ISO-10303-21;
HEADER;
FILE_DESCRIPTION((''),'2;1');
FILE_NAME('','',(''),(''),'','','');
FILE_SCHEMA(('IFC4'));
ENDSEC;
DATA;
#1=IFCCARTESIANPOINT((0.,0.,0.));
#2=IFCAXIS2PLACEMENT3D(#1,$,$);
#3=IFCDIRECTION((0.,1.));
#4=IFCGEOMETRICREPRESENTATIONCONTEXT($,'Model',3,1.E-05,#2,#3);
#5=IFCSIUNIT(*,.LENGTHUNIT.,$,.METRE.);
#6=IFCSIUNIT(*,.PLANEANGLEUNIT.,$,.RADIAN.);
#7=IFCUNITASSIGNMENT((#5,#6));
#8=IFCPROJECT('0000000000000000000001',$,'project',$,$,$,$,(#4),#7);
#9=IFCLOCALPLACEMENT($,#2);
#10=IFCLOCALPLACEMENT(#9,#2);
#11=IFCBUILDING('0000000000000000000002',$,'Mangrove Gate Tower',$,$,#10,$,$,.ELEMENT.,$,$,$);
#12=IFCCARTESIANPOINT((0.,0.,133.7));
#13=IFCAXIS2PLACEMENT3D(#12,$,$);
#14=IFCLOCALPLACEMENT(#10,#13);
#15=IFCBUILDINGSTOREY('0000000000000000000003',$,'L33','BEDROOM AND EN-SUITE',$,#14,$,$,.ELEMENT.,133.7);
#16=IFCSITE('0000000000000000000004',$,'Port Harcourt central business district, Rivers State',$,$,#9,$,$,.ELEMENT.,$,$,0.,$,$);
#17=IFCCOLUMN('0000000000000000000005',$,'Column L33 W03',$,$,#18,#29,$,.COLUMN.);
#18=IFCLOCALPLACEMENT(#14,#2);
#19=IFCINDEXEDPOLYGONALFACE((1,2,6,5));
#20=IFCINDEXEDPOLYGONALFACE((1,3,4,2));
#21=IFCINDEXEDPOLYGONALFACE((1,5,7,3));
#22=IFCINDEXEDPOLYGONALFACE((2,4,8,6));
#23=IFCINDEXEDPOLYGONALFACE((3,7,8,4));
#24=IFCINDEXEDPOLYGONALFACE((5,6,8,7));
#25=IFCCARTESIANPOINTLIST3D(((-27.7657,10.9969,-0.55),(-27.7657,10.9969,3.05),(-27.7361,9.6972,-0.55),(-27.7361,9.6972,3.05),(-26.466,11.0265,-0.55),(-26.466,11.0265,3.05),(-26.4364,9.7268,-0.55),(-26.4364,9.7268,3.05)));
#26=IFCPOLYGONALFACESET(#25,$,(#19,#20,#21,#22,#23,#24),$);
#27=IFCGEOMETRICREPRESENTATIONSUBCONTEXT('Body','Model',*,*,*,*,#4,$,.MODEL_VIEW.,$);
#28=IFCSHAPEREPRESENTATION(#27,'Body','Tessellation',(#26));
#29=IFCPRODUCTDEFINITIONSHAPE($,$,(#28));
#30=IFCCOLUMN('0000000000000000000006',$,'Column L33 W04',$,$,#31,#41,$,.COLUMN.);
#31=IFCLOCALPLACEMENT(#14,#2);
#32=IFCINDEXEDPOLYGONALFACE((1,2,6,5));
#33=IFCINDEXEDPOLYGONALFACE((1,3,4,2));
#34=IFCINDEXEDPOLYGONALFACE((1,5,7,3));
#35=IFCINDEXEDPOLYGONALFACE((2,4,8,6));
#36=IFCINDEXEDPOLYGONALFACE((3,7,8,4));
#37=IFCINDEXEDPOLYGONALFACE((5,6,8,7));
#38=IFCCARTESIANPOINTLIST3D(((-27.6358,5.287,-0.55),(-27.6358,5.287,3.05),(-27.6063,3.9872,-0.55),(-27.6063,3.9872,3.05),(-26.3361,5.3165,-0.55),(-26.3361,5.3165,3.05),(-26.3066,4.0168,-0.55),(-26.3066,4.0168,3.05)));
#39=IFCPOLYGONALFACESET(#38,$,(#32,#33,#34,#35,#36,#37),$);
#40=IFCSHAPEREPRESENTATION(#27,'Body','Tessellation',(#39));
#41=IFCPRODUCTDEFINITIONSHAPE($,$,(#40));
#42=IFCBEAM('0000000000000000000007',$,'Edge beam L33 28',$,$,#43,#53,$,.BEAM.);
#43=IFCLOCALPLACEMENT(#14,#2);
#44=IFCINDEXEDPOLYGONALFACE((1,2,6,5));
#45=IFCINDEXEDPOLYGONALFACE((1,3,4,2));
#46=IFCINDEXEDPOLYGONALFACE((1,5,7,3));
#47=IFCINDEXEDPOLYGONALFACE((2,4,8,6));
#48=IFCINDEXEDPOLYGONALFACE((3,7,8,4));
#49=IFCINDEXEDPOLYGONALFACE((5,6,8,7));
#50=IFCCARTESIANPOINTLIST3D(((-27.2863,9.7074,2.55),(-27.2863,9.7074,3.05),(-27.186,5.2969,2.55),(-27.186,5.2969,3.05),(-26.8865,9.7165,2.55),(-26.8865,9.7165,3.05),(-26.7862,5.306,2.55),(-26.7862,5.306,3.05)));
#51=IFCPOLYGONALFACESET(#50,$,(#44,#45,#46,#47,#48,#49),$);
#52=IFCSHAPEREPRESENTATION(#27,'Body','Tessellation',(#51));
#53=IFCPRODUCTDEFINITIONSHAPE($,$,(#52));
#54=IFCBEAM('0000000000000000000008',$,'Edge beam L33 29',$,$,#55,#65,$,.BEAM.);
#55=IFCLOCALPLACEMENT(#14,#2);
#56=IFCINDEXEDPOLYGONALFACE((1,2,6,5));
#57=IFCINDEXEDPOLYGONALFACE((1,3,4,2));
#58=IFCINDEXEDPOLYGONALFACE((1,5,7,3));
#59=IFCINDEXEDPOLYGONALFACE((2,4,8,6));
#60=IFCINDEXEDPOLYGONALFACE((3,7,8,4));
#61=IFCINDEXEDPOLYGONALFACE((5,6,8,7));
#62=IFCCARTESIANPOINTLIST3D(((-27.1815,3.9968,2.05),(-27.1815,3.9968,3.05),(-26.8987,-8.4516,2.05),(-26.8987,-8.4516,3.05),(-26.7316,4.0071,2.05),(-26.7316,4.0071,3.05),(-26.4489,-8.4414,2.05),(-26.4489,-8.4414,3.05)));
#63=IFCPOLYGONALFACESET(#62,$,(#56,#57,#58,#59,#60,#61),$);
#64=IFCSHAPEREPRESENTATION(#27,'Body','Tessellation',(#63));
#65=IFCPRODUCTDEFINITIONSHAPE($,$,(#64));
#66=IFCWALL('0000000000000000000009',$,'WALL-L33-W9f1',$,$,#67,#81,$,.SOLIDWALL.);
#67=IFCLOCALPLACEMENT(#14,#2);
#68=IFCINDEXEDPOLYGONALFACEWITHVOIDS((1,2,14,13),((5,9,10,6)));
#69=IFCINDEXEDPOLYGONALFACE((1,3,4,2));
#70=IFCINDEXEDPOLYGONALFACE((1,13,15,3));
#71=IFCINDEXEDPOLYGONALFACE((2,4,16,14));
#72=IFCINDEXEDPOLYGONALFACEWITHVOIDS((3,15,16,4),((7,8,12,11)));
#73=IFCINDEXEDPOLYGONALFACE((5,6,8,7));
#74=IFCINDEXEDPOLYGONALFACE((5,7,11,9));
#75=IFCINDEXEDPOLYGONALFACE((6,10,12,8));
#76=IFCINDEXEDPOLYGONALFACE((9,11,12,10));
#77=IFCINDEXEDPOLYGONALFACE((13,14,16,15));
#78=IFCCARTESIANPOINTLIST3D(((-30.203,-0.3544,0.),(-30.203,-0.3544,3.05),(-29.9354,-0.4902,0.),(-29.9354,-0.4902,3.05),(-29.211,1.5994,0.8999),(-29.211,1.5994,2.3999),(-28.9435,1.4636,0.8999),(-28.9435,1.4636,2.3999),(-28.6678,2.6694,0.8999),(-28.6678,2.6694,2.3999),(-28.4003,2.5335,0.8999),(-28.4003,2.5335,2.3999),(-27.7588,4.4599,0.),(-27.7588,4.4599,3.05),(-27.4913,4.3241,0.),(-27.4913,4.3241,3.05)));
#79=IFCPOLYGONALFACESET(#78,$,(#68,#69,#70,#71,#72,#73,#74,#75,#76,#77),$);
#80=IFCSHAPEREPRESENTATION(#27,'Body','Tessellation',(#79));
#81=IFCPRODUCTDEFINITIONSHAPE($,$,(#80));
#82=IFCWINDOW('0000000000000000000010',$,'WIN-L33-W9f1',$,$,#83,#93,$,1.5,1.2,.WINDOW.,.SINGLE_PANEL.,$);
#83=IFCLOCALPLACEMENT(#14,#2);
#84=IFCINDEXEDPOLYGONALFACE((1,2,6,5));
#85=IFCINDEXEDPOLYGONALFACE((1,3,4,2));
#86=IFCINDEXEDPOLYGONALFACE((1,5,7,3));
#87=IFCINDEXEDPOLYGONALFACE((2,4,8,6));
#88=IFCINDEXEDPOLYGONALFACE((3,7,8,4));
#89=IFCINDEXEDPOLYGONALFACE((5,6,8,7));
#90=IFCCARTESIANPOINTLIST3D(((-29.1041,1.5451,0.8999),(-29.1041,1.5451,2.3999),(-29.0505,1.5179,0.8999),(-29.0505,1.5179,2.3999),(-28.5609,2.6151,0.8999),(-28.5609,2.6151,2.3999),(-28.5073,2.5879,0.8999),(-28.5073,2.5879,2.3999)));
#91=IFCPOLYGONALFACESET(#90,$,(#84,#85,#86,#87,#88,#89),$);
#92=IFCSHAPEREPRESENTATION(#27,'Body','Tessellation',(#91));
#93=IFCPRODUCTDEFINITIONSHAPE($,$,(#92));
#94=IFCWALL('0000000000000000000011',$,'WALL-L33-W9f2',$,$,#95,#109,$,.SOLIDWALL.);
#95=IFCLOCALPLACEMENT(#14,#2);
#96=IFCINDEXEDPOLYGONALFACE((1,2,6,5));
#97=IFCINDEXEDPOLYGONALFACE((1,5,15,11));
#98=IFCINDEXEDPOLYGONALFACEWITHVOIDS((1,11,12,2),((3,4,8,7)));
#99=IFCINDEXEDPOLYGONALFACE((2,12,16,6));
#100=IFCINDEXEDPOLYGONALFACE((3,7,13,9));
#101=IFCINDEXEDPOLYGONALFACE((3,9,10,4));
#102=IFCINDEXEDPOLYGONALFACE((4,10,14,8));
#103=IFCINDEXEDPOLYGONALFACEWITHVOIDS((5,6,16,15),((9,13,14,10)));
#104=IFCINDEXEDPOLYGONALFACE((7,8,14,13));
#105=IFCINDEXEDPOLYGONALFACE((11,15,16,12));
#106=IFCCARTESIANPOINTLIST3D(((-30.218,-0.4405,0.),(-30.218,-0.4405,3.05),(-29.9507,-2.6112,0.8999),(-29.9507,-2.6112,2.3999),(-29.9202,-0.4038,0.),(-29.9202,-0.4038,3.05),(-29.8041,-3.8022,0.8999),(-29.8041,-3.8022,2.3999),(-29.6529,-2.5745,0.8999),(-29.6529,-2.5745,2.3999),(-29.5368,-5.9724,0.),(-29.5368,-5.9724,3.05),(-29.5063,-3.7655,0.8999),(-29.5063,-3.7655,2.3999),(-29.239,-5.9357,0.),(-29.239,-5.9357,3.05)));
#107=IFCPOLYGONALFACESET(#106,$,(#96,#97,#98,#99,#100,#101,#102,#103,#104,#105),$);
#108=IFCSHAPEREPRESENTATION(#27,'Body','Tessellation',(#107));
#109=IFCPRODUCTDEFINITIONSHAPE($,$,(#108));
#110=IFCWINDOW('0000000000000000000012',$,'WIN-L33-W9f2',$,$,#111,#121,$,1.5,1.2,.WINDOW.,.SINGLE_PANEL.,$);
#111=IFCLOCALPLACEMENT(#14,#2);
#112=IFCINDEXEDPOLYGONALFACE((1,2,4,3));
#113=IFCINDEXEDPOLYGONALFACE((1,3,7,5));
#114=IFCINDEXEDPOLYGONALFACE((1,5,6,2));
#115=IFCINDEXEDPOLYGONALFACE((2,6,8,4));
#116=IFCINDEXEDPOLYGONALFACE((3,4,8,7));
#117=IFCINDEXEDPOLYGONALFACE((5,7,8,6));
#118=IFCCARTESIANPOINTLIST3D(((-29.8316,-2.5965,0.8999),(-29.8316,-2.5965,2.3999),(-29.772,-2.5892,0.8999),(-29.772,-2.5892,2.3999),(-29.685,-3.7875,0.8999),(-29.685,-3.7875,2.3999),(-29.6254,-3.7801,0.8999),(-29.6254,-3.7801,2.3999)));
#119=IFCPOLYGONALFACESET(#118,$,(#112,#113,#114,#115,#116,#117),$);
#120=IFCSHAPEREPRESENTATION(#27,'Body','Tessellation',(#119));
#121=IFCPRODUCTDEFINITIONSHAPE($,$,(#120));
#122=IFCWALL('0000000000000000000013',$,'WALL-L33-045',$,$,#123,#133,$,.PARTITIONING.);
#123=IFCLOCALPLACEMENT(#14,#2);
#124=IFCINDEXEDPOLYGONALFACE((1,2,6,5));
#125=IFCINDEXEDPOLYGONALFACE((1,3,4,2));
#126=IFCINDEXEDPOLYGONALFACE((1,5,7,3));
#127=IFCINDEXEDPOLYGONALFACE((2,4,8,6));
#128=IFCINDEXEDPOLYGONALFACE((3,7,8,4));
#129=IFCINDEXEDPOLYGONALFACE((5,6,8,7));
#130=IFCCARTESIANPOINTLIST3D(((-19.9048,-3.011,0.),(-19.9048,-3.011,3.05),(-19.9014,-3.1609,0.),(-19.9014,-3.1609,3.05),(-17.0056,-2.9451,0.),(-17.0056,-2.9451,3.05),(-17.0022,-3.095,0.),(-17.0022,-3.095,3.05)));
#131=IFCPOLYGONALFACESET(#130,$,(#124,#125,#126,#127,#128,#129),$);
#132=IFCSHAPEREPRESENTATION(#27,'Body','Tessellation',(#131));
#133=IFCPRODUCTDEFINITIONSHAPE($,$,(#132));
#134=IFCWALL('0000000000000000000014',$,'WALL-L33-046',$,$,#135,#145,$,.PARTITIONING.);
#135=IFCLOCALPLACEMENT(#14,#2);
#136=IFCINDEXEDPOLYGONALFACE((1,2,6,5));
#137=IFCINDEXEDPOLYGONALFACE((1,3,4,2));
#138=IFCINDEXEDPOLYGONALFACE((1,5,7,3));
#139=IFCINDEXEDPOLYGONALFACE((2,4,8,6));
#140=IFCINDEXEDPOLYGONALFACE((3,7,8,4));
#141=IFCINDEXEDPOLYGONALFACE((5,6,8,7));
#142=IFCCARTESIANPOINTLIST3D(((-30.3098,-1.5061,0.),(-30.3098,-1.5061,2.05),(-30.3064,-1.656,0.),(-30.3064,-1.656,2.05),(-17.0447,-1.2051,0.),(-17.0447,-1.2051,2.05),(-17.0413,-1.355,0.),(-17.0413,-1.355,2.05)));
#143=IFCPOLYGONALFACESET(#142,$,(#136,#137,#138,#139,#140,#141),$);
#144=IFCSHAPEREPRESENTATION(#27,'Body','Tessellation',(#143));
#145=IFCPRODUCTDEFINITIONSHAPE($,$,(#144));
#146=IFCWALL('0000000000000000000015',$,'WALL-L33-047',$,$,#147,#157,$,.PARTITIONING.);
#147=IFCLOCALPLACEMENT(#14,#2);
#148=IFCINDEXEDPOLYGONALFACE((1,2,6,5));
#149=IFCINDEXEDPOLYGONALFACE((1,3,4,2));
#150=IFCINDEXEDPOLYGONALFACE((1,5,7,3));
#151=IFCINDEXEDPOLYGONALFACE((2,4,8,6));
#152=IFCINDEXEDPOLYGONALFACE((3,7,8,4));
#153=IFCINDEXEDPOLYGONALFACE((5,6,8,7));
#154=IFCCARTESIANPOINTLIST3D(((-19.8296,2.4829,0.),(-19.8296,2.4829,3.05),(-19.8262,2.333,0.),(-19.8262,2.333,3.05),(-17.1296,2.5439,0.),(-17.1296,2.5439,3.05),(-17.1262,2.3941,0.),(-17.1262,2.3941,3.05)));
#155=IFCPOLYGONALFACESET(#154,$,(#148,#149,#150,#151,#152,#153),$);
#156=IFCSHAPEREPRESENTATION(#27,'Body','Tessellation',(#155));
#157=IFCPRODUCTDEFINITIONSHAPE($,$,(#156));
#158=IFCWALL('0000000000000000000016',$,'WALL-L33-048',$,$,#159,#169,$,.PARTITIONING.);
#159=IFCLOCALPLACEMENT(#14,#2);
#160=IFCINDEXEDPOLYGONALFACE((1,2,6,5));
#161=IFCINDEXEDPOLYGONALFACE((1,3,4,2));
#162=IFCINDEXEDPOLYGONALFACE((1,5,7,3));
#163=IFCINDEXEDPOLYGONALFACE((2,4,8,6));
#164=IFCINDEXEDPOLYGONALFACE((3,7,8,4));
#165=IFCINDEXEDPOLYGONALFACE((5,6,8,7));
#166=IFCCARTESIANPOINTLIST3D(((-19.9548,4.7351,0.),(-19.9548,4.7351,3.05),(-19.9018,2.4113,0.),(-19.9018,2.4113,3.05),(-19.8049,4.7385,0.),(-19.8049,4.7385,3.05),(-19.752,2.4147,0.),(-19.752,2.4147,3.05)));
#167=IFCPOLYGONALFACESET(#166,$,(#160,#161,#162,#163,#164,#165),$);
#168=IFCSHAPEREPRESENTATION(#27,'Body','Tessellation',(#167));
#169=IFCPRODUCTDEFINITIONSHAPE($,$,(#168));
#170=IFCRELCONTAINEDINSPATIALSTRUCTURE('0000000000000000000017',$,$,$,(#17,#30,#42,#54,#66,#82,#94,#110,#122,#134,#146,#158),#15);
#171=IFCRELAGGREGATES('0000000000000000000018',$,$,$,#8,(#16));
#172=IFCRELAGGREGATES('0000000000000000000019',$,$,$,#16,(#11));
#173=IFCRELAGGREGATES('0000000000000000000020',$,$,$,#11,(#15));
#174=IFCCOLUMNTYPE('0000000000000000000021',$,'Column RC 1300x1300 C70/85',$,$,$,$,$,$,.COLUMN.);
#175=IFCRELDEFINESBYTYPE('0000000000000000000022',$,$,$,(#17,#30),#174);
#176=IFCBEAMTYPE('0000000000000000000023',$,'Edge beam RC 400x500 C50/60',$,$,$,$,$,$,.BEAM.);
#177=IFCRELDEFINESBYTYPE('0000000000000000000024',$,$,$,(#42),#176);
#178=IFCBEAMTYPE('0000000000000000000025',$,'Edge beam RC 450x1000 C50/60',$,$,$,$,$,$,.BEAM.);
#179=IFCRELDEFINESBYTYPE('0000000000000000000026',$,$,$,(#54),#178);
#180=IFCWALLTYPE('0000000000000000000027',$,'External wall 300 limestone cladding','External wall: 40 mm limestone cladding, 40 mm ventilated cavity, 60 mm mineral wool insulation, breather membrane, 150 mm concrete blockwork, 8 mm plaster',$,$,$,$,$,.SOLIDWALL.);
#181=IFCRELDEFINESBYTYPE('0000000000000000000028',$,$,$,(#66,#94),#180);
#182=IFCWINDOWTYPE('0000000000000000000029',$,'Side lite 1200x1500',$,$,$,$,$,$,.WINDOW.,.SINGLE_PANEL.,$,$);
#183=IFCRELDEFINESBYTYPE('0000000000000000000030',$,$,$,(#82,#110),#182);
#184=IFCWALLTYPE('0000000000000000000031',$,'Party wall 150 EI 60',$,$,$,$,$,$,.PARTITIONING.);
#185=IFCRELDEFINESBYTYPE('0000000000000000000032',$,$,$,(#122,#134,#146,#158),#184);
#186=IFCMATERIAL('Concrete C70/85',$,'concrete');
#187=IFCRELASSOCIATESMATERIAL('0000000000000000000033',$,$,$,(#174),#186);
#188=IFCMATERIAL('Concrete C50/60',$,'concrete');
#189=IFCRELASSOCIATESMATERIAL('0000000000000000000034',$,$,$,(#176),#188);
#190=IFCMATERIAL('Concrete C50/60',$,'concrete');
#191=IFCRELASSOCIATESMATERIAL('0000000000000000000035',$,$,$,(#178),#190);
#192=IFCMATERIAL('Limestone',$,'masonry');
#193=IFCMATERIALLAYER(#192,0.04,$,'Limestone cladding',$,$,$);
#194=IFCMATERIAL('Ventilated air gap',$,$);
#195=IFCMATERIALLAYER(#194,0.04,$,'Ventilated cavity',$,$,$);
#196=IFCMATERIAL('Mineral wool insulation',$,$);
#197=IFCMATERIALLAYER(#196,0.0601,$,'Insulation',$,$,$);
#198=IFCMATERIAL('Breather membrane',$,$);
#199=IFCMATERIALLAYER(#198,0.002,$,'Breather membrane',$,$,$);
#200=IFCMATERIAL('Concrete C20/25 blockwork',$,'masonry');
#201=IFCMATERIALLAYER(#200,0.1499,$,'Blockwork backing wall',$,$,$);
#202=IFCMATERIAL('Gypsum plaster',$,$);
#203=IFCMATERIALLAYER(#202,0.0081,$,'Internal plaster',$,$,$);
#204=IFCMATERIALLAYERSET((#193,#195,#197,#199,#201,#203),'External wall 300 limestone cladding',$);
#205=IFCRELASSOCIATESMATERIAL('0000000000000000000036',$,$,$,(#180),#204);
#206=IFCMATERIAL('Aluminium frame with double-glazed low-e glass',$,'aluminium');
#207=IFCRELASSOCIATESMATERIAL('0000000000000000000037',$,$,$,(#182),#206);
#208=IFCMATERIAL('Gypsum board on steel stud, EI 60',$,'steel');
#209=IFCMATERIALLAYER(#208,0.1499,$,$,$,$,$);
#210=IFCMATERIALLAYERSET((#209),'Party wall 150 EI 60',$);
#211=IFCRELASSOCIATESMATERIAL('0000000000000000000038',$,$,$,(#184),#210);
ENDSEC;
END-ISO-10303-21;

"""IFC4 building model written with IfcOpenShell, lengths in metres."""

from ifc_helpers import new_model, si_unit, direction, frame, frame_2d, origin, origin_2d, place, context, subcontext, project, spatial, rectangle, extrude, material, layer, layer_set, material_profile, profile_set, type_object, element, fill, save


model = new_model("IFC4")

# Units and contexts
model_context = context("Model", 3, precision=1e-05, world=origin(), true_north=direction((0.0, 1.0)))
body_context = subcontext(model_context, "Body", "Model", "MODEL_VIEW")
ifc_project = project(units=[si_unit("LENGTHUNIT", "METRE"), si_unit("PLANEANGLEUNIT", "RADIAN")], contexts=[model_context])

# Site, building, storey
site_placement = place(None, origin())
site = spatial("IfcSite", under=ifc_project, at=site_placement, Name="Port Harcourt central business district, Rivers State", CompositionType="ELEMENT", RefElevation=0.0)
building_placement = place(site_placement, origin())
building = spatial("IfcBuilding", under=site, at=building_placement, Name="Mangrove Gate Tower", CompositionType="ELEMENT")
storey_placement = place(building_placement, frame((0.0, 0.0, 133.7)))
storey = spatial("IfcBuildingStorey", under=building, at=storey_placement, Name="L33", Description="BEDROOM AND EN-SUITE", CompositionType="ELEMENT", Elevation=133.7)

# Columns
ifc_material_1 = material(Name="Concrete C70/85", Category="concrete")
ifc_material_profile_1 = material_profile(ifc_material_1, rectangle(XDim=1.3, YDim=1.3, at=origin_2d()))
ifc_profile_set_1 = profile_set([ifc_material_profile_1], Name="Concrete C70/85")
column_type = type_object("IfcColumnType", Name="Column RC 1300x1300 C70/85", PredefinedType="COLUMN", material=ifc_profile_set_1)
for number, where, z_axis, x_axis, name in (
    (1, (-27.1011, 10.3618, -0.55), (0.0, 0.0, 1.0), (0.022759, -0.999741, 0.0), "Column L33 W03"),
    (2, (-26.9712, 4.6519, -0.55), (0.0, 0.0, 1.0), (0.02271, -0.999742, 0.0), "Column L33 W04"),
):
    element("IfcColumn", number, at=place(storey_placement, frame(where, z_axis=z_axis, x_axis=x_axis)), inside=storey, type_object=column_type, Name=name, PredefinedType="COLUMN", context=body_context, shape_type="SweptSolid", body=[
        extrude(rectangle(XDim=1.3, YDim=1.3, at=origin_2d()), origin(), (0.0, 0.0, 1.0), 3.6001),
    ])

# Beams
ifc_material_2 = material(Name="Concrete C50/60", Category="concrete")
ifc_material_profile_2 = material_profile(ifc_material_2, rectangle(XDim=0.3999, YDim=0.5, at=origin_2d()))
ifc_profile_set_2 = profile_set([ifc_material_profile_2], Name="Concrete C50/60")
beam_type_1 = type_object("IfcBeamType", Name="Edge beam RC 400x500 C50/60", PredefinedType="BEAM", material=ifc_profile_set_2)
beam_1_placement = place(storey_placement, frame((-27.0864, 9.7119, 2.8), z_axis=(0.022745, -0.999741, 0.0), x_axis=(0.999741, 0.022745, 0.0)))
element("IfcBeam", 3, at=beam_1_placement, inside=storey, type_object=beam_type_1, Name="Edge beam L33 28", PredefinedType="BEAM", context=body_context, shape_type="SweptSolid", body=[
    extrude(rectangle(XDim=0.3999, YDim=0.5, at=origin_2d()), origin(), (0.0, 0.0, 1.0), 4.4116),
])
ifc_material_3 = material(Name="Concrete C50/60", Category="concrete")
ifc_material_profile_3 = material_profile(ifc_material_3, rectangle(XDim=0.45, YDim=1.0, at=origin_2d()))
ifc_profile_set_3 = profile_set([ifc_material_profile_3], Name="Concrete C50/60")
beam_type_2 = type_object("IfcBeamType", Name="Edge beam RC 450x1000 C50/60", PredefinedType="BEAM", material=ifc_profile_set_3)
beam_2_placement = place(storey_placement, frame((-26.9565, 4.002, 2.55), z_axis=(0.022705, -0.999742, 0.0), x_axis=(0.999742, 0.022705, 0.0)))
element("IfcBeam", 4, at=beam_2_placement, inside=storey, type_object=beam_type_2, Name="Edge beam L33 29", PredefinedType="BEAM", context=body_context, shape_type="SweptSolid", body=[
    extrude(rectangle(XDim=0.45, YDim=1.0, at=origin_2d()), origin(), (0.0, 0.0, 1.0), 12.4517),
])

# Walls, openings, windows
ifc_material_4 = material(Name="Limestone", Category="masonry")
ifc_layer_1 = layer(ifc_material_4, 0.04, Name="Limestone cladding")
ifc_material_5 = material(Name="Ventilated air gap")
ifc_layer_2 = layer(ifc_material_5, 0.04, Name="Ventilated cavity")
ifc_material_6 = material(Name="Mineral wool insulation")
ifc_layer_3 = layer(ifc_material_6, 0.0601, Name="Insulation")
ifc_material_7 = material(Name="Breather membrane")
ifc_layer_4 = layer(ifc_material_7, 0.002, Name="Breather membrane")
ifc_material_8 = material(Name="Concrete C20/25 blockwork", Category="masonry")
ifc_layer_5 = layer(ifc_material_8, 0.1499, Name="Blockwork backing wall")
ifc_material_9 = material(Name="Gypsum plaster")
ifc_layer_6 = layer(ifc_material_9, 0.0081, Name="Internal plaster")
ifc_layer_set_1 = layer_set([ifc_layer_1, ifc_layer_2, ifc_layer_3, ifc_layer_4, ifc_layer_5, ifc_layer_6], Name="External wall 300 limestone cladding")
wall_type_1 = type_object("IfcWallType", Name="External wall 300 limestone cladding", Description="External wall: 40 mm limestone cladding, 40 mm ventilated cavity, 60 mm mineral wool insulation, breather membrane, 150 mm concrete blockwork, 8 mm plaster", PredefinedType="SOLIDWALL", material=ifc_layer_set_1)
wall_1_placement = place(storey_placement, frame((-27.625, 4.3921, 0.0), z_axis=(0.0, 0.0, 1.0), x_axis=(-0.452686, -0.89167, 0.0)))
wall_1 = element("IfcWall", 5, at=wall_1_placement, inside=storey, type_object=wall_type_1, Name="WALL-L33-W9f1", PredefinedType="SOLIDWALL", context=body_context, shape_type="SweptSolid", body=[
    extrude(rectangle(XDim=5.3992, YDim=0.3, at=frame_2d((2.6997, 0.0))), origin(), (0.0, 0.0, 1.0), 3.05),
])
opening_1_placement = place(wall_1_placement, frame((2.0081, 0.0, 0.8999)))
opening_1 = element("IfcOpeningElement", 6, at=opening_1_placement, cuts=wall_1, PredefinedType="OPENING", context=body_context, shape_type="SweptSolid", body=[
    extrude(rectangle(XDim=1.2, YDim=1.5, at=frame_2d((0.6001, 0.75))), frame((0.0, 0.1599, 0.0), z_axis=(0.0, -1.0, 0.0), x_axis=(1.0, 0.0, 0.0)), (0.0, 0.0, 1.0), 0.3201),
])
ifc_material_10 = material(Name="Aluminium frame with double-glazed low-e glass", Category="aluminium")
window_type = type_object("IfcWindowType", Name="Side lite 1200x1500", PartitioningType="SINGLE_PANEL", PredefinedType="WINDOW", material=ifc_material_10)
window_1_placement = place(opening_1_placement, origin())
window_1 = element("IfcWindow", 7, at=window_1_placement, inside=storey, type_object=window_type, Name="WIN-L33-W9f1", OverallHeight=1.5, OverallWidth=1.2, PartitioningType="SINGLE_PANEL", PredefinedType="WINDOW", context=body_context, shape_type="SweptSolid", body=[
    extrude(rectangle(XDim=1.2, YDim=1.5, at=frame_2d((0.6001, 0.75))), frame((0.0, 0.03, 0.0), z_axis=(0.0, -1.0, 0.0), x_axis=(1.0, 0.0, 0.0)), (0.0, 0.0, 1.0), 0.0601),
])
fill(opening_1, window_1)
wall_2_placement = place(storey_placement, frame((-30.0691, -0.4221, 0.0), z_axis=(0.0, 0.0, 1.0), x_axis=(0.122207, -0.992505, 0.0)))
wall_2 = element("IfcWall", 8, at=wall_2_placement, inside=storey, type_object=wall_type_1, Name="WALL-L33-W9f2", PredefinedType="SOLIDWALL", context=body_context, shape_type="SweptSolid", body=[
    extrude(rectangle(XDim=5.5737, YDim=0.3, at=frame_2d((2.7869, 0.0))), origin(), (0.0, 0.0, 1.0), 3.05),
])
opening_2_placement = place(wall_2_placement, frame((2.187, 0.0, 0.8999)))
opening_2 = element("IfcOpeningElement", 9, at=opening_2_placement, cuts=wall_2, PredefinedType="OPENING", context=body_context, shape_type="SweptSolid", body=[
    extrude(rectangle(XDim=1.2, YDim=1.5, at=frame_2d((0.6001, 0.75))), frame((0.0, 0.1599, 0.0), z_axis=(0.0, -1.0, 0.0), x_axis=(1.0, 0.0, 0.0)), (0.0, 0.0, 1.0), 0.3201),
])
window_2_placement = place(opening_2_placement, origin())
window_2 = element("IfcWindow", 10, at=window_2_placement, inside=storey, type_object=window_type, Name="WIN-L33-W9f2", OverallHeight=1.5, OverallWidth=1.2, PartitioningType="SINGLE_PANEL", PredefinedType="WINDOW", context=body_context, shape_type="SweptSolid", body=[
    extrude(rectangle(XDim=1.2, YDim=1.5, at=frame_2d((0.6001, 0.75))), frame((0.0, 0.03, 0.0), z_axis=(0.0, -1.0, 0.0), x_axis=(1.0, 0.0, 0.0)), (0.0, 0.0, 1.0), 0.0601),
])
fill(opening_2, window_2)

# Walls
ifc_material_11 = material(Name="Gypsum board on steel stud, EI 60", Category="steel")
ifc_layer_7 = layer(ifc_material_11, 0.1499)
ifc_layer_set_2 = layer_set([ifc_layer_7], Name="Party wall 150 EI 60")
wall_type_2 = type_object("IfcWallType", Name="Party wall 150 EI 60", PredefinedType="PARTITIONING", material=ifc_layer_set_2)
wall_3_placement = place(storey_placement, frame((-19.9031, -3.0859, 0.0), z_axis=(0.0, 0.0, 1.0), x_axis=(0.999742, 0.022731, 0.0)))
element("IfcWall", 11, at=wall_3_placement, inside=storey, type_object=wall_type_2, Name="WALL-L33-045", PredefinedType="PARTITIONING", context=body_context, shape_type="SweptSolid", body=[
    extrude(rectangle(XDim=2.8999, YDim=0.1499, at=frame_2d((1.45, 0.0))), origin(), (0.0, 0.0, 1.0), 3.05),
])
wall_4_placement = place(storey_placement, frame((-30.3081, -1.5811, 0.0), z_axis=(0.0, 0.0, 1.0), x_axis=(0.999743, 0.022687, 0.0)))
element("IfcWall", 12, at=wall_4_placement, inside=storey, type_object=wall_type_2, Name="WALL-L33-046", PredefinedType="PARTITIONING", context=body_context, shape_type="SweptSolid", body=[
    extrude(rectangle(XDim=13.2686, YDim=0.1499, at=frame_2d((6.6343, 0.0))), origin(), (0.0, 0.0, 1.0), 2.05),
])
wall_5_placement = place(storey_placement, frame((-19.8279, 2.408, 0.0), z_axis=(0.0, 0.0, 1.0), x_axis=(0.999745, 0.0226, 0.0)))
element("IfcWall", 13, at=wall_5_placement, inside=storey, type_object=wall_type_2, Name="WALL-L33-047", PredefinedType="PARTITIONING", context=body_context, shape_type="SweptSolid", body=[
    extrude(rectangle(XDim=2.7007, YDim=0.1499, at=frame_2d((1.3503, 0.0))), origin(), (0.0, 0.0, 1.0), 3.05),
])
wall_6_placement = place(storey_placement, frame((-19.8269, 2.4131, 0.0), z_axis=(0.0, 0.0, 1.0), x_axis=(-0.022791, 0.99974, 0.0)))
element("IfcWall", 14, at=wall_6_placement, inside=storey, type_object=wall_type_2, Name="WALL-L33-048", PredefinedType="PARTITIONING", context=body_context, shape_type="SweptSolid", body=[
    extrude(rectangle(XDim=2.3245, YDim=0.1499, at=frame_2d((1.1621, 0.0))), origin(), (0.0, 0.0, 1.0), 3.05),
])

save(model, "model.ifc")
